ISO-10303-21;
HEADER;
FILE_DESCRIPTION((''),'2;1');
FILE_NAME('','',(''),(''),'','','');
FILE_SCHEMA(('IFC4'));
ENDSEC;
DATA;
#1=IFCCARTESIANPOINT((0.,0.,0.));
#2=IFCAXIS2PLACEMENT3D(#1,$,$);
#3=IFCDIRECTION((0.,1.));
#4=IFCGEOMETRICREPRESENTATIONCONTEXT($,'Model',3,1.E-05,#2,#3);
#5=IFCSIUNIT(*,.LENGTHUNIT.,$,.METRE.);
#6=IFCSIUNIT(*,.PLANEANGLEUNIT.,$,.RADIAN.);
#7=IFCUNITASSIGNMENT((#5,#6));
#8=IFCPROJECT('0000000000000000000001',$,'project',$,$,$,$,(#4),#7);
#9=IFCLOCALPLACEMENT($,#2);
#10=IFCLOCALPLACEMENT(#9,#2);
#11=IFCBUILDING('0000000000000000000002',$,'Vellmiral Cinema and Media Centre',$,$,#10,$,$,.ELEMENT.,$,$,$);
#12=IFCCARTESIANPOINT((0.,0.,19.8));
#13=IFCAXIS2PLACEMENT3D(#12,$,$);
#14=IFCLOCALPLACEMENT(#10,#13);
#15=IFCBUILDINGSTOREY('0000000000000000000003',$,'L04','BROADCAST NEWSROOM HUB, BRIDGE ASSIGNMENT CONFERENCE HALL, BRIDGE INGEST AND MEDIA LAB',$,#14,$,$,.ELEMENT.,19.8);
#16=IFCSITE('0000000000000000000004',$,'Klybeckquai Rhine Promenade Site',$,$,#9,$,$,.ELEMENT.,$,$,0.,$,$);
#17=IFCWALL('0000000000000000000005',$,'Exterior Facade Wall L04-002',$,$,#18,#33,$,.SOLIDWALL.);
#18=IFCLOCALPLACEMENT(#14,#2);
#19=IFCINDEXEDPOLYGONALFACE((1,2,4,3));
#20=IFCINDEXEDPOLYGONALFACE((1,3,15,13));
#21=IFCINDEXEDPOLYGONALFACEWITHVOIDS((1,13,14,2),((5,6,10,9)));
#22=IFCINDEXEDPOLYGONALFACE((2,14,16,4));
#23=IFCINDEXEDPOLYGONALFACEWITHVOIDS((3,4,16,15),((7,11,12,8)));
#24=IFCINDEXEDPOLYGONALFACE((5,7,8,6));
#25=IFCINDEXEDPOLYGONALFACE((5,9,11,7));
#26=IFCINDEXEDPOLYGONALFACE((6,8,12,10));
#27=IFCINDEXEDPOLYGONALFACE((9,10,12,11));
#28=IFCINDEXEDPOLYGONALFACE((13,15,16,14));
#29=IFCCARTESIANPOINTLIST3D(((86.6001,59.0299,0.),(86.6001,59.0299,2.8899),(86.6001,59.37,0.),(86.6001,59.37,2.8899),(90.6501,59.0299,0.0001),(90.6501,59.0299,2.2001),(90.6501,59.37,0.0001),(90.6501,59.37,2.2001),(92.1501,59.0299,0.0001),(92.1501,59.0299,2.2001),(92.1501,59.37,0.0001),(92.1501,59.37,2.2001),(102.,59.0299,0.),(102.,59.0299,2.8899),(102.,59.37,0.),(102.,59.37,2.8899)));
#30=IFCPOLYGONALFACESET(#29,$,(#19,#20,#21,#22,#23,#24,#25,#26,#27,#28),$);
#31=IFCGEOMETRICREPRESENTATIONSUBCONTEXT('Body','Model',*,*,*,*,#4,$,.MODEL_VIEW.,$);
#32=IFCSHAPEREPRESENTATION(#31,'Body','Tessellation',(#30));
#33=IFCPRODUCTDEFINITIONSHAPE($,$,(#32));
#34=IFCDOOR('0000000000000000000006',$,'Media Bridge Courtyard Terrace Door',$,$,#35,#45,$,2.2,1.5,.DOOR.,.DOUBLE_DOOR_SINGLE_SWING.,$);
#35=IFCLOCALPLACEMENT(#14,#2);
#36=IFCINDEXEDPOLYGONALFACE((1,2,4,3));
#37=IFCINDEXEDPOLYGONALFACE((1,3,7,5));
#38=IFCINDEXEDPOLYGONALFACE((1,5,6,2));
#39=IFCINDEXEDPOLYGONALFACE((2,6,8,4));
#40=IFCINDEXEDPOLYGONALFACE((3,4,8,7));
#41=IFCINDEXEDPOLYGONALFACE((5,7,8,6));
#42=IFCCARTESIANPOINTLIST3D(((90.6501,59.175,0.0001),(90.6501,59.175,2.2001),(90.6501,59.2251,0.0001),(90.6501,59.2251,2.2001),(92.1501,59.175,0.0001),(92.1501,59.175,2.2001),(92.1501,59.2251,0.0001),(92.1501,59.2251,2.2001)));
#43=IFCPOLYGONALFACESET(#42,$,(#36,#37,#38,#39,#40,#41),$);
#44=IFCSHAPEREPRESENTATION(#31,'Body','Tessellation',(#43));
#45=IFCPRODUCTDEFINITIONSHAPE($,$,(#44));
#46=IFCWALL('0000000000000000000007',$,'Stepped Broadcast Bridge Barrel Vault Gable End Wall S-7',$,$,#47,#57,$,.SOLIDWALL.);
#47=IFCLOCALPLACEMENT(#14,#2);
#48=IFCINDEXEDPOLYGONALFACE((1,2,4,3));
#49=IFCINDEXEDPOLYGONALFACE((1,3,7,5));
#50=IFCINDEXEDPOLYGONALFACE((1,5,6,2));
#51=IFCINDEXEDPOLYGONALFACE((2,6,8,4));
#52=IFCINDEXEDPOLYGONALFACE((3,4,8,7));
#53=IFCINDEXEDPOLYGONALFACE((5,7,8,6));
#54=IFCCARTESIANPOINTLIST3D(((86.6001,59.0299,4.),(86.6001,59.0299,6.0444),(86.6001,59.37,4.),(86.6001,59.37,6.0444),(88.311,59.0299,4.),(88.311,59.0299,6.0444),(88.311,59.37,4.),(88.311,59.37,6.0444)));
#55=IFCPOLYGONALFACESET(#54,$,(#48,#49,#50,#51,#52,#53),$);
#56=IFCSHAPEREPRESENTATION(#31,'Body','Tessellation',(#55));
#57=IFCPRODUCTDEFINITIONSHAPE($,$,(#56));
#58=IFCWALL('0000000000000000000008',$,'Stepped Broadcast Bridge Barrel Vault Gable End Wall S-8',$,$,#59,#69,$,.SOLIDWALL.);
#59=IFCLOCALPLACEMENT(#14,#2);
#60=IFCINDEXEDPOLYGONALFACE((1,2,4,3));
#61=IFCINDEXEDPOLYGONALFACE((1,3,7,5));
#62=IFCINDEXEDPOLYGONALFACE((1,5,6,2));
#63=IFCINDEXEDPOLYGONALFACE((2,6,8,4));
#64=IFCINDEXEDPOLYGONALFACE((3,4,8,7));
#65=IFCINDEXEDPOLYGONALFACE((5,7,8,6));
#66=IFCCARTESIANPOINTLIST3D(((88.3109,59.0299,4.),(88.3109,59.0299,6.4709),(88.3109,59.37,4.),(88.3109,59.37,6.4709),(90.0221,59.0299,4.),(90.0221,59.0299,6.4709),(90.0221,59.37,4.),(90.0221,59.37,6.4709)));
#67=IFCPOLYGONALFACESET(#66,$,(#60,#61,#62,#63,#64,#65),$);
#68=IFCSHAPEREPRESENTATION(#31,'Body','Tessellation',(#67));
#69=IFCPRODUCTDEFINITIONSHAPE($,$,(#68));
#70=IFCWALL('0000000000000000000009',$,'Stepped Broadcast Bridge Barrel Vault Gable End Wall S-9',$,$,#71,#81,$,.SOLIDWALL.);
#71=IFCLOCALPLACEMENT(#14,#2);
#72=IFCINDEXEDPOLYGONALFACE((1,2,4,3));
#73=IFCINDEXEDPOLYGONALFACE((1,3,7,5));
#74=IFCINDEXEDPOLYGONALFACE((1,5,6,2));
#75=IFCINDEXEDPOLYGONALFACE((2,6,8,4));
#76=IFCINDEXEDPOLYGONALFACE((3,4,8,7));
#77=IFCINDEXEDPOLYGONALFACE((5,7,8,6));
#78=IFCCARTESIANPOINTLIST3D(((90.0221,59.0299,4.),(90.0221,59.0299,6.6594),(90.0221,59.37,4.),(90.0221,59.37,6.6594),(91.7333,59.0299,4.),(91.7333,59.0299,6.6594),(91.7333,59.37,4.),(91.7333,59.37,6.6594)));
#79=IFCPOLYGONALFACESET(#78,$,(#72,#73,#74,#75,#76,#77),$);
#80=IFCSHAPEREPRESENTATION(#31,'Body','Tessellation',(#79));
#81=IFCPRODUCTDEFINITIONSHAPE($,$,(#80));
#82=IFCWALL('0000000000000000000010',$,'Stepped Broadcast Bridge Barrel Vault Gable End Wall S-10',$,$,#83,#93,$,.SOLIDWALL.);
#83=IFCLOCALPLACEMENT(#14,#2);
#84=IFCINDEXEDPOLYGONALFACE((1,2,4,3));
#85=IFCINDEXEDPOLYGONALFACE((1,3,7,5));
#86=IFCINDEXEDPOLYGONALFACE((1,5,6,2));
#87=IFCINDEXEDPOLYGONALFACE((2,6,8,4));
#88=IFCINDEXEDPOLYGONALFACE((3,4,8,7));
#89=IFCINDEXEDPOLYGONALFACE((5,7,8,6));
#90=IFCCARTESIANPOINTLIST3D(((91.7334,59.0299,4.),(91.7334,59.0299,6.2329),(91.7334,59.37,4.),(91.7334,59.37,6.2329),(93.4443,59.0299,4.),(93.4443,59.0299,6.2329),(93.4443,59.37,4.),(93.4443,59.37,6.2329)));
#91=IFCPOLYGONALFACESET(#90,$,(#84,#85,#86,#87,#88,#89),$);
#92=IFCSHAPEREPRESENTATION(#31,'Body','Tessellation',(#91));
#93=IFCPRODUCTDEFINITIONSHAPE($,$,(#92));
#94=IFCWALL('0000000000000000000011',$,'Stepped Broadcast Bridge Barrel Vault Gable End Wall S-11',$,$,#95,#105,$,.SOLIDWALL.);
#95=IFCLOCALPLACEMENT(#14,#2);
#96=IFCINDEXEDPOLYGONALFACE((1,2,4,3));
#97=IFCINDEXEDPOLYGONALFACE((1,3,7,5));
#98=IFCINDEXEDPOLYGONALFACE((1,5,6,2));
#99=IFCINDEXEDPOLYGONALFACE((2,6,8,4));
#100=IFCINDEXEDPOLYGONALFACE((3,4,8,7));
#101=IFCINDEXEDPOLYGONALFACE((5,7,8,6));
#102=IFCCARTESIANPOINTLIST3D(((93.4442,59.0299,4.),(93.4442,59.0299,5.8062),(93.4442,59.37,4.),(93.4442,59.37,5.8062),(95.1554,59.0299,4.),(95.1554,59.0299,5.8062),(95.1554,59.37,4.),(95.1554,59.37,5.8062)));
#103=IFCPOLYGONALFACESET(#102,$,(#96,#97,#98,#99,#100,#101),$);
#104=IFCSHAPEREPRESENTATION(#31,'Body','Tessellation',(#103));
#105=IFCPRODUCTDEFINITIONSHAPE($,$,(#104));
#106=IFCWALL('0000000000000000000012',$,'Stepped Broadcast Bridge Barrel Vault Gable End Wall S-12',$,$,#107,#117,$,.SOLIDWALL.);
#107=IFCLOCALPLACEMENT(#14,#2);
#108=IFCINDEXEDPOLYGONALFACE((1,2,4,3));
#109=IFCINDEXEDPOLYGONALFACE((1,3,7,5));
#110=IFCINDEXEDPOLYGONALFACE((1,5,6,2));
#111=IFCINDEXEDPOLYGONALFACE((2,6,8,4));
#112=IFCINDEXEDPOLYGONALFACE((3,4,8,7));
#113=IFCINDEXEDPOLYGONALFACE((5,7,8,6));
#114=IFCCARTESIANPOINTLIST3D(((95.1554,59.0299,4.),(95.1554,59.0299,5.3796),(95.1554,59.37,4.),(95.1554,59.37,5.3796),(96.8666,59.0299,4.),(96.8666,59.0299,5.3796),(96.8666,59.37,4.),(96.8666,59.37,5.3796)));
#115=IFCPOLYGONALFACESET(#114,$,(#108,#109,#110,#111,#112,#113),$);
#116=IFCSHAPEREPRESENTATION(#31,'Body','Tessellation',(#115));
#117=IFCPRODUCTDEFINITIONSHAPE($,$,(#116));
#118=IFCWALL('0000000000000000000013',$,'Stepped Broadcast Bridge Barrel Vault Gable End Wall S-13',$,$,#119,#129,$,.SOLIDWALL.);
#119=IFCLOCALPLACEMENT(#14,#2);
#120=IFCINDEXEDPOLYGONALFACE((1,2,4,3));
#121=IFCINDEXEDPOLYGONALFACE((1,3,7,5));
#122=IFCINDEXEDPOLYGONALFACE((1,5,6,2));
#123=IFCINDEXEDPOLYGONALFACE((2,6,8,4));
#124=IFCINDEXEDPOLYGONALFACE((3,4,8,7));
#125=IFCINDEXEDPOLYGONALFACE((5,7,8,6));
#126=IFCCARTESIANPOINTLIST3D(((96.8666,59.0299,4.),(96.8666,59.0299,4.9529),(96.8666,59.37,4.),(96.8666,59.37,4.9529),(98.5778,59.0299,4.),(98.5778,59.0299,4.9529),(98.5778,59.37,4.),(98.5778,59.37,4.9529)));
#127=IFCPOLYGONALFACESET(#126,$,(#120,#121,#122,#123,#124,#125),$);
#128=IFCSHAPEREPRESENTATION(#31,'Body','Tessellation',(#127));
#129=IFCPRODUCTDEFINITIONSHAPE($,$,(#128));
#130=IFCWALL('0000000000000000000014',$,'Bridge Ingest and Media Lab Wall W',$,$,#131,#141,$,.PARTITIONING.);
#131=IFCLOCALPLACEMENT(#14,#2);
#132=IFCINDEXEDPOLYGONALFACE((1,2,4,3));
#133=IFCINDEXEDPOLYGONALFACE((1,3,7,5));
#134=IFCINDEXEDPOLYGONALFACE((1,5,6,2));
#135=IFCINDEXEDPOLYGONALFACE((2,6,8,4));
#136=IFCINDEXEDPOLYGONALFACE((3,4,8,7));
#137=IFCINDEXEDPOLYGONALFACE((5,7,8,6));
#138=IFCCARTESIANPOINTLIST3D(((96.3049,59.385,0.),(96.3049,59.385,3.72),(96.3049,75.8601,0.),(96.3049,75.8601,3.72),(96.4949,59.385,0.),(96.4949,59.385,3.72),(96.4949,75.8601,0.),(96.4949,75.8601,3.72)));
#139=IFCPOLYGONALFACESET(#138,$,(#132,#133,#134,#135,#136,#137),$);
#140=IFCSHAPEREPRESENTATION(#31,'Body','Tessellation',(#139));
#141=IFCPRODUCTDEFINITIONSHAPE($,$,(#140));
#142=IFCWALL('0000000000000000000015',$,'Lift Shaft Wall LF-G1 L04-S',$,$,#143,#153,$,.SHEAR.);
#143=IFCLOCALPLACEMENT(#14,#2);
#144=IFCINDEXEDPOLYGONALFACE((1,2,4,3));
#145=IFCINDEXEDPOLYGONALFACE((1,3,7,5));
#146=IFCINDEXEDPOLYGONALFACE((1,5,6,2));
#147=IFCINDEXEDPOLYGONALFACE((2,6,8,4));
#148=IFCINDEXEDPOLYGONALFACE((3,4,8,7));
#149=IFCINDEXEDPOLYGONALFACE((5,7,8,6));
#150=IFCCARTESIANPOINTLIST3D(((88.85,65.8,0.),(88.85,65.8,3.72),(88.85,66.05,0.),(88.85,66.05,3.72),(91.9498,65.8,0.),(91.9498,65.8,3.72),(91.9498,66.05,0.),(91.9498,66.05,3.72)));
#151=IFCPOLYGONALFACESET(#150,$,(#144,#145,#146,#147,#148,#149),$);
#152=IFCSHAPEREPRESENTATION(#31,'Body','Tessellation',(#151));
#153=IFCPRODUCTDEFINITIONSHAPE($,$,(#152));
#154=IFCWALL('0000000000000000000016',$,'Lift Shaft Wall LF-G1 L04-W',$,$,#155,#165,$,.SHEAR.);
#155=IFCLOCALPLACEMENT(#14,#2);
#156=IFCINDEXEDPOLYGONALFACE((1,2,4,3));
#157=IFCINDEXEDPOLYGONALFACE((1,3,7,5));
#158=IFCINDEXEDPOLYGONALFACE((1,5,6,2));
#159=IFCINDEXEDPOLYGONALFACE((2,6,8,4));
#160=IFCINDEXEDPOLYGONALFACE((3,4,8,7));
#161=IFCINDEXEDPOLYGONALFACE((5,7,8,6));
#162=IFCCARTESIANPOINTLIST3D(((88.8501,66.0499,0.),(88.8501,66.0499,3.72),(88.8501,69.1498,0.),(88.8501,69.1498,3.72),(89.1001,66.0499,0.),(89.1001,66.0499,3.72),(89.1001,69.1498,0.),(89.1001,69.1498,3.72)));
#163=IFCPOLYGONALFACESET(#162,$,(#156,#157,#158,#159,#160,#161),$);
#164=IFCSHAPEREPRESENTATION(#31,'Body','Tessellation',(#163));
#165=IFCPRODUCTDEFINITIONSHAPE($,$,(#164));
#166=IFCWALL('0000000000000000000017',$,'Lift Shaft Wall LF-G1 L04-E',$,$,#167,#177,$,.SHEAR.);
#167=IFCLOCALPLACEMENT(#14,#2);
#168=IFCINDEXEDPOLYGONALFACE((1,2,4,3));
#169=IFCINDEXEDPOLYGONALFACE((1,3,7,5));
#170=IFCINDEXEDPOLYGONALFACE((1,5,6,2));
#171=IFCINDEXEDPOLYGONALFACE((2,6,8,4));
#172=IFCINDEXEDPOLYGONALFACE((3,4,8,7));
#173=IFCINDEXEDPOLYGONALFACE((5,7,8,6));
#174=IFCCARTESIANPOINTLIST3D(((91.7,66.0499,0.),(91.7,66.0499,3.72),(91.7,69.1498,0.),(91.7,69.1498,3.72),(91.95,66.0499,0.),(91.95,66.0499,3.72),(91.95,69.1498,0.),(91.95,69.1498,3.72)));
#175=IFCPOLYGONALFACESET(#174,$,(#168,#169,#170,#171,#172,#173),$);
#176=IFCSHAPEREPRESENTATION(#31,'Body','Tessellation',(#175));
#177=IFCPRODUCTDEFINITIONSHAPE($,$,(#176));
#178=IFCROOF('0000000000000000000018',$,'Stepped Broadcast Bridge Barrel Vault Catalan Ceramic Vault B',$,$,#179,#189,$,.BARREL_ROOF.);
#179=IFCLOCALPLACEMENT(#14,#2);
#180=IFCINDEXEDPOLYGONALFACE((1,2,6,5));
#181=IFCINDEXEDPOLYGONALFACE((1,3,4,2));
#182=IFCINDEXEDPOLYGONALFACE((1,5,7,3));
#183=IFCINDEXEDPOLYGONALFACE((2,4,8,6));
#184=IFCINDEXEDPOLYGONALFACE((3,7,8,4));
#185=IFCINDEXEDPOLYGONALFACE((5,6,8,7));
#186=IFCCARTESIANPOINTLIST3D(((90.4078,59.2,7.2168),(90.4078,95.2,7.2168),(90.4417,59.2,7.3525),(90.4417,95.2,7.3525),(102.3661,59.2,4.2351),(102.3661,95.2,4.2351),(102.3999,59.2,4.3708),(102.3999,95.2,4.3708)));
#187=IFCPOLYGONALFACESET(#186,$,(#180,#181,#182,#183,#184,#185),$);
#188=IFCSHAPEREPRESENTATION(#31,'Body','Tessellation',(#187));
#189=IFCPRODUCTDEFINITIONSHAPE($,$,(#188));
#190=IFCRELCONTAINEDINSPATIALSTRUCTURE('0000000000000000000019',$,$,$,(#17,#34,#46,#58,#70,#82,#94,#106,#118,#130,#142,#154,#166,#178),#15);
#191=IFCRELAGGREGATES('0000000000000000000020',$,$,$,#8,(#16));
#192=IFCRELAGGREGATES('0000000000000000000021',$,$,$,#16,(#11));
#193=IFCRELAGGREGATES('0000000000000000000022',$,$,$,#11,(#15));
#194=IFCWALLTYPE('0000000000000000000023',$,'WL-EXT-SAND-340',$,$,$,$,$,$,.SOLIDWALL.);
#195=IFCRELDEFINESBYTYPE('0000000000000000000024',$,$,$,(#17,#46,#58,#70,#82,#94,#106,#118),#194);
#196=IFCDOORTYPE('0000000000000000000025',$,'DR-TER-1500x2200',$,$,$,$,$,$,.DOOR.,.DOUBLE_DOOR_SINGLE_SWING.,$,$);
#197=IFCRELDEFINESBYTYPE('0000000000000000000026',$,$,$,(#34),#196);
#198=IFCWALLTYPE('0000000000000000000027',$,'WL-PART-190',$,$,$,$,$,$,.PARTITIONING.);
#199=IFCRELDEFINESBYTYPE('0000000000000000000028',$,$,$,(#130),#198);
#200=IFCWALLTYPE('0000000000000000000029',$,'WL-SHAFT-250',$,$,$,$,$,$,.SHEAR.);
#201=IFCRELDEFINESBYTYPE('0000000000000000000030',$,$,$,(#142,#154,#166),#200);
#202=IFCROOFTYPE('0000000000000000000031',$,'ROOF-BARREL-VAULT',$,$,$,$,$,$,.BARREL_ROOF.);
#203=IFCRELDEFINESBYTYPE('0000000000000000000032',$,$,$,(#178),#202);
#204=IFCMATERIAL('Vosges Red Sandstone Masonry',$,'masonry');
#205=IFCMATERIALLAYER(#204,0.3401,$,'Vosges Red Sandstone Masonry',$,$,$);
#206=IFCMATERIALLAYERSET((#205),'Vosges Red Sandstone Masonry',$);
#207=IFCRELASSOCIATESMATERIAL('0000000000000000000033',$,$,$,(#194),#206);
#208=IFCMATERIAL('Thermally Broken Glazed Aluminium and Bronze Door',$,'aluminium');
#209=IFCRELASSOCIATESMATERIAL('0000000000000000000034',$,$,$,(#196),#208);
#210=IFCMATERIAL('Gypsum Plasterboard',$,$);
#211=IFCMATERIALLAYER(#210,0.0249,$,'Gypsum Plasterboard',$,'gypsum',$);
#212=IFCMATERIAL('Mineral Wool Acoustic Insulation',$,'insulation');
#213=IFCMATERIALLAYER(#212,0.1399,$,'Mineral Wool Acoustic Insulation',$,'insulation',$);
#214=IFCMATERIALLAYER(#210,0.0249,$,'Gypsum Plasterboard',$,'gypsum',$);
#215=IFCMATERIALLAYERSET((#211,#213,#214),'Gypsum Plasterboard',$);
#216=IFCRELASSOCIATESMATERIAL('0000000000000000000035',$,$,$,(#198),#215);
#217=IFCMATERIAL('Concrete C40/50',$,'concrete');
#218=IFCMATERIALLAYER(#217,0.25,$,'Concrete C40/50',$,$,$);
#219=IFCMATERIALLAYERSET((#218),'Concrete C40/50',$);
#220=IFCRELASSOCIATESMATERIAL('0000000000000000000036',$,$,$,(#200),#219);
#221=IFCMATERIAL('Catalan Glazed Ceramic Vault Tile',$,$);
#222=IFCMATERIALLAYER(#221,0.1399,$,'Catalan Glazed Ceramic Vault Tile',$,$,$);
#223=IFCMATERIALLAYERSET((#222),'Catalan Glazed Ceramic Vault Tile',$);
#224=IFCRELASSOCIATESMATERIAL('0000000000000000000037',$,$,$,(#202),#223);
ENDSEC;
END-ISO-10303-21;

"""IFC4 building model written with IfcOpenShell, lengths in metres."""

from ifc_helpers import new_model, si_unit, direction, frame, frame_2d, origin, place, context, subcontext, project, spatial, polyline, rectangle, outline, extrude, material, layer, layer_set, type_object, element, fill, save


model = new_model("IFC4")

# Units and contexts
model_context = context("Model", 3, precision=1e-05, world=origin(), true_north=direction((0.0, 1.0)))
body_context = subcontext(model_context, "Body", "Model", "MODEL_VIEW")
ifc_project = project(units=[si_unit("LENGTHUNIT", "METRE"), si_unit("PLANEANGLEUNIT", "RADIAN")], contexts=[model_context])

# Site, building, storey
site_placement = place(None, origin())
site = spatial("IfcSite", under=ifc_project, at=site_placement, Name="Klybeckquai Rhine Promenade Site", CompositionType="ELEMENT", RefElevation=0.0)
building_placement = place(site_placement, origin())
building = spatial("IfcBuilding", under=site, at=building_placement, Name="Vellmiral Cinema and Media Centre", CompositionType="ELEMENT")
storey_placement = place(building_placement, frame((0.0, 0.0, 19.8)))
storey = spatial("IfcBuildingStorey", under=building, at=storey_placement, Name="L04", Description="BROADCAST NEWSROOM HUB, BRIDGE ASSIGNMENT CONFERENCE HALL, BRIDGE INGEST AND MEDIA LAB", CompositionType="ELEMENT", Elevation=19.8)

# Wall, opening, door
ifc_material_1 = material(Name="Vosges Red Sandstone Masonry", Category="masonry")
ifc_layer_1 = layer(ifc_material_1, 0.3401, Name="Vosges Red Sandstone Masonry")
ifc_layer_set_1 = layer_set([ifc_layer_1], Name="Vosges Red Sandstone Masonry")
wall_type_1 = type_object("IfcWallType", Name="WL-EXT-SAND-340", PredefinedType="SOLIDWALL", material=ifc_layer_set_1)
wall_1_placement = place(storey_placement, frame((86.6001, 59.2, 0.0), z_axis=(0.0, 0.0, 1.0), x_axis=(1.0, 0.0, 0.0)))
wall_1 = element("IfcWall", 1, at=wall_1_placement, inside=storey, type_object=wall_type_1, Name="Exterior Facade Wall L04-002", PredefinedType="SOLIDWALL", context=body_context, shape_type="SweptSolid", body=[
    extrude(rectangle(XDim=15.3999, YDim=0.3401, at=frame_2d((7.7, 0.0))), origin(), (0.0, 0.0, 1.0), 2.8899),
])
opening_1_placement = place(wall_1_placement, frame((4.05, 0.0, 0.0)))
opening_1 = element("IfcOpeningElement", 2, at=opening_1_placement, cuts=wall_1, PredefinedType="OPENING", context=body_context, shape_type="SweptSolid", body=[
    extrude(rectangle(XDim=1.5, YDim=2.2, at=frame_2d((0.75, 1.1001))), frame((0.0, 0.1821, 0.0), z_axis=(0.0, -1.0, 0.0), x_axis=(1.0, 0.0, 0.0)), (0.0, 0.0, 1.0), 0.364),
])
ifc_material_2 = material(Name="Thermally Broken Glazed Aluminium and Bronze Door", Category="aluminium")
door_type_1 = type_object("IfcDoorType", Name="DR-TER-1500x2200", OperationType="DOUBLE_DOOR_SINGLE_SWING", PredefinedType="DOOR", material=ifc_material_2)
door_1_placement = place(opening_1_placement, frame((1.5, 0.0, 0.0), z_axis=(0.0, 0.0, 1.0), x_axis=(-1.0, 0.0, 0.0)))
door_1 = element("IfcDoor", 3, at=door_1_placement, inside=storey, type_object=door_type_1, Name="Media Bridge Courtyard Terrace Door", OperationType="DOUBLE_DOOR_SINGLE_SWING", OverallHeight=2.2, OverallWidth=1.5, PredefinedType="DOOR", context=body_context, shape_type="SweptSolid", body=[
    extrude(rectangle(XDim=1.5, YDim=2.2, at=frame_2d((0.75, 1.1001))), frame((0.0, 0.0249, 0.0), z_axis=(0.0, -1.0, 0.0), x_axis=(1.0, 0.0, 0.0)), (0.0, 0.0, 1.0), 0.05),
])
fill(opening_1, door_1)

# Walls
wall_2_placement = place(storey_placement, frame((86.6001, 59.2, 4.0), z_axis=(0.0, 0.0, 1.0), x_axis=(1.0, 0.0, 0.0)))
element("IfcWall", 4, at=wall_2_placement, inside=storey, type_object=wall_type_1, Name="Stepped Broadcast Bridge Barrel Vault Gable End Wall S-7", PredefinedType="SOLIDWALL", context=body_context, shape_type="SweptSolid", body=[
    extrude(rectangle(XDim=1.7109, YDim=0.3401, at=frame_2d((0.8555, 0.0))), origin(), (0.0, 0.0, 1.0), 2.0444),
])
wall_3_placement = place(storey_placement, frame((88.311, 59.2, 4.0), z_axis=(0.0, 0.0, 1.0), x_axis=(1.0, 0.0, 0.0)))
element("IfcWall", 5, at=wall_3_placement, inside=storey, type_object=wall_type_1, Name="Stepped Broadcast Bridge Barrel Vault Gable End Wall S-8", PredefinedType="SOLIDWALL", context=body_context, shape_type="SweptSolid", body=[
    extrude(rectangle(XDim=1.7112, YDim=0.3401, at=frame_2d((0.8555, 0.0))), origin(), (0.0, 0.0, 1.0), 2.4709),
])
wall_4_placement = place(storey_placement, frame((90.0222, 59.2, 4.0), z_axis=(0.0, 0.0, 1.0), x_axis=(1.0, 0.0, 0.0)))
element("IfcWall", 6, at=wall_4_placement, inside=storey, type_object=wall_type_1, Name="Stepped Broadcast Bridge Barrel Vault Gable End Wall S-9", PredefinedType="SOLIDWALL", context=body_context, shape_type="SweptSolid", body=[
    extrude(rectangle(XDim=1.7112, YDim=0.3401, at=frame_2d((0.8555, 0.0))), origin(), (0.0, 0.0, 1.0), 2.6594),
])
wall_5_placement = place(storey_placement, frame((91.7334, 59.2, 4.0), z_axis=(0.0, 0.0, 1.0), x_axis=(1.0, 0.0, 0.0)))
element("IfcWall", 7, at=wall_5_placement, inside=storey, type_object=wall_type_1, Name="Stepped Broadcast Bridge Barrel Vault Gable End Wall S-10", PredefinedType="SOLIDWALL", context=body_context, shape_type="SweptSolid", body=[
    extrude(rectangle(XDim=1.7109, YDim=0.3401, at=frame_2d((0.8555, 0.0))), origin(), (0.0, 0.0, 1.0), 2.2329),
])
wall_6_placement = place(storey_placement, frame((93.4443, 59.2, 4.0), z_axis=(0.0, 0.0, 1.0), x_axis=(1.0, 0.0, 0.0)))
element("IfcWall", 8, at=wall_6_placement, inside=storey, type_object=wall_type_1, Name="Stepped Broadcast Bridge Barrel Vault Gable End Wall S-11", PredefinedType="SOLIDWALL", context=body_context, shape_type="SweptSolid", body=[
    extrude(rectangle(XDim=1.7112, YDim=0.3401, at=frame_2d((0.8555, 0.0))), origin(), (0.0, 0.0, 1.0), 1.8062),
])
wall_7_placement = place(storey_placement, frame((95.1555, 59.2, 4.0), z_axis=(0.0, 0.0, 1.0), x_axis=(1.0, 0.0, 0.0)))
element("IfcWall", 9, at=wall_7_placement, inside=storey, type_object=wall_type_1, Name="Stepped Broadcast Bridge Barrel Vault Gable End Wall S-12", PredefinedType="SOLIDWALL", context=body_context, shape_type="SweptSolid", body=[
    extrude(rectangle(XDim=1.7112, YDim=0.3401, at=frame_2d((0.8555, 0.0))), origin(), (0.0, 0.0, 1.0), 1.3796),
])
wall_8_placement = place(storey_placement, frame((96.8667, 59.2, 4.0), z_axis=(0.0, 0.0, 1.0), x_axis=(1.0, 0.0, 0.0)))
element("IfcWall", 10, at=wall_8_placement, inside=storey, type_object=wall_type_1, Name="Stepped Broadcast Bridge Barrel Vault Gable End Wall S-13", PredefinedType="SOLIDWALL", context=body_context, shape_type="SweptSolid", body=[
    extrude(rectangle(XDim=1.7112, YDim=0.3401, at=frame_2d((0.8555, 0.0))), origin(), (0.0, 0.0, 1.0), 0.9529),
])
ifc_material_3 = material(Name="Gypsum Plasterboard")
ifc_layer_2 = layer(ifc_material_3, 0.0249, Name="Gypsum Plasterboard", Category="gypsum")
ifc_material_4 = material(Name="Mineral Wool Acoustic Insulation", Category="insulation")
ifc_layer_3 = layer(ifc_material_4, 0.1399, Name="Mineral Wool Acoustic Insulation", Category="insulation")
ifc_layer_4 = layer(ifc_material_3, 0.0249, Name="Gypsum Plasterboard", Category="gypsum")
ifc_layer_set_2 = layer_set([ifc_layer_2, ifc_layer_3, ifc_layer_4], Name="Gypsum Plasterboard")
wall_type_2 = type_object("IfcWallType", Name="WL-PART-190", PredefinedType="PARTITIONING", material=ifc_layer_set_2)
wall_9_placement = place(storey_placement, frame((96.3999, 59.385, 0.0), z_axis=(0.0, 0.0, 1.0), x_axis=(0.0, 1.0, 0.0)))
element("IfcWall", 11, at=wall_9_placement, inside=storey, type_object=wall_type_2, Name="Bridge Ingest and Media Lab Wall W", PredefinedType="PARTITIONING", context=body_context, shape_type="SweptSolid", body=[
    extrude(rectangle(XDim=16.4751, YDim=0.1899, at=frame_2d((8.2375, 0.0))), origin(), (0.0, 0.0, 1.0), 3.72),
])
ifc_material_5 = material(Name="Concrete C40/50", Category="concrete")
ifc_layer_5 = layer(ifc_material_5, 0.25, Name="Concrete C40/50")
ifc_layer_set_3 = layer_set([ifc_layer_5], Name="Concrete C40/50")
wall_type_3 = type_object("IfcWallType", Name="WL-SHAFT-250", PredefinedType="SHEAR", material=ifc_layer_set_3)
for number, where, z_axis, x_axis, name in (
    (12, (88.8501, 65.925, 0.0), (0.0, 0.0, 1.0), (1.0, 0.0, 0.0), "Lift Shaft Wall LF-G1 L04-S"),
    (13, (88.9751, 66.05, 0.0), (0.0, 0.0, 1.0), (0.0, 1.0, 0.0), "Lift Shaft Wall LF-G1 L04-W"),
    (14, (91.825, 66.05, 0.0), (0.0, 0.0, 1.0), (0.0, 1.0, 0.0), "Lift Shaft Wall LF-G1 L04-E"),
):
    element("IfcWall", number, at=place(storey_placement, frame(where, z_axis=z_axis, x_axis=x_axis)), inside=storey, type_object=wall_type_3, Name=name, PredefinedType="SHEAR", context=body_context, shape_type="SweptSolid", body=[
        extrude(rectangle(XDim=3.0999, YDim=0.25, at=frame_2d((1.5498, 0.0))), origin(), (0.0, 0.0, 1.0), 3.72),
    ])

# Roof
ifc_material_6 = material(Name="Catalan Glazed Ceramic Vault Tile")
ifc_layer_6 = layer(ifc_material_6, 0.1399, Name="Catalan Glazed Ceramic Vault Tile")
ifc_layer_set_4 = layer_set([ifc_layer_6], Name="Catalan Glazed Ceramic Vault Tile")
roof_type = type_object("IfcRoofType", Name="ROOF-BARREL-VAULT", PredefinedType="BARREL_ROOF", material=ifc_layer_set_4)
roof_placement = place(storey_placement, frame((90.4417, 59.2, 7.3525), z_axis=(0.241934, 0.0, 0.970293), x_axis=(0.970293, 0.0, -0.241934)))
element("IfcRoof", 15, at=roof_placement, inside=storey, type_object=roof_type, Name="Stepped Broadcast Bridge Barrel Vault Catalan Ceramic Vault B", PredefinedType="BARREL_ROOF", context=body_context, shape_type="SweptSolid", body=[
    extrude(outline(polyline([(0.0, 0.0), (12.3244, 0.0), (12.3244, 36.0), (0.0, 36.0), (0.0, 0.0)])), origin(), (0.0, 0.0, -1.0), 0.1399),
])

save(model, "model.ifc")
